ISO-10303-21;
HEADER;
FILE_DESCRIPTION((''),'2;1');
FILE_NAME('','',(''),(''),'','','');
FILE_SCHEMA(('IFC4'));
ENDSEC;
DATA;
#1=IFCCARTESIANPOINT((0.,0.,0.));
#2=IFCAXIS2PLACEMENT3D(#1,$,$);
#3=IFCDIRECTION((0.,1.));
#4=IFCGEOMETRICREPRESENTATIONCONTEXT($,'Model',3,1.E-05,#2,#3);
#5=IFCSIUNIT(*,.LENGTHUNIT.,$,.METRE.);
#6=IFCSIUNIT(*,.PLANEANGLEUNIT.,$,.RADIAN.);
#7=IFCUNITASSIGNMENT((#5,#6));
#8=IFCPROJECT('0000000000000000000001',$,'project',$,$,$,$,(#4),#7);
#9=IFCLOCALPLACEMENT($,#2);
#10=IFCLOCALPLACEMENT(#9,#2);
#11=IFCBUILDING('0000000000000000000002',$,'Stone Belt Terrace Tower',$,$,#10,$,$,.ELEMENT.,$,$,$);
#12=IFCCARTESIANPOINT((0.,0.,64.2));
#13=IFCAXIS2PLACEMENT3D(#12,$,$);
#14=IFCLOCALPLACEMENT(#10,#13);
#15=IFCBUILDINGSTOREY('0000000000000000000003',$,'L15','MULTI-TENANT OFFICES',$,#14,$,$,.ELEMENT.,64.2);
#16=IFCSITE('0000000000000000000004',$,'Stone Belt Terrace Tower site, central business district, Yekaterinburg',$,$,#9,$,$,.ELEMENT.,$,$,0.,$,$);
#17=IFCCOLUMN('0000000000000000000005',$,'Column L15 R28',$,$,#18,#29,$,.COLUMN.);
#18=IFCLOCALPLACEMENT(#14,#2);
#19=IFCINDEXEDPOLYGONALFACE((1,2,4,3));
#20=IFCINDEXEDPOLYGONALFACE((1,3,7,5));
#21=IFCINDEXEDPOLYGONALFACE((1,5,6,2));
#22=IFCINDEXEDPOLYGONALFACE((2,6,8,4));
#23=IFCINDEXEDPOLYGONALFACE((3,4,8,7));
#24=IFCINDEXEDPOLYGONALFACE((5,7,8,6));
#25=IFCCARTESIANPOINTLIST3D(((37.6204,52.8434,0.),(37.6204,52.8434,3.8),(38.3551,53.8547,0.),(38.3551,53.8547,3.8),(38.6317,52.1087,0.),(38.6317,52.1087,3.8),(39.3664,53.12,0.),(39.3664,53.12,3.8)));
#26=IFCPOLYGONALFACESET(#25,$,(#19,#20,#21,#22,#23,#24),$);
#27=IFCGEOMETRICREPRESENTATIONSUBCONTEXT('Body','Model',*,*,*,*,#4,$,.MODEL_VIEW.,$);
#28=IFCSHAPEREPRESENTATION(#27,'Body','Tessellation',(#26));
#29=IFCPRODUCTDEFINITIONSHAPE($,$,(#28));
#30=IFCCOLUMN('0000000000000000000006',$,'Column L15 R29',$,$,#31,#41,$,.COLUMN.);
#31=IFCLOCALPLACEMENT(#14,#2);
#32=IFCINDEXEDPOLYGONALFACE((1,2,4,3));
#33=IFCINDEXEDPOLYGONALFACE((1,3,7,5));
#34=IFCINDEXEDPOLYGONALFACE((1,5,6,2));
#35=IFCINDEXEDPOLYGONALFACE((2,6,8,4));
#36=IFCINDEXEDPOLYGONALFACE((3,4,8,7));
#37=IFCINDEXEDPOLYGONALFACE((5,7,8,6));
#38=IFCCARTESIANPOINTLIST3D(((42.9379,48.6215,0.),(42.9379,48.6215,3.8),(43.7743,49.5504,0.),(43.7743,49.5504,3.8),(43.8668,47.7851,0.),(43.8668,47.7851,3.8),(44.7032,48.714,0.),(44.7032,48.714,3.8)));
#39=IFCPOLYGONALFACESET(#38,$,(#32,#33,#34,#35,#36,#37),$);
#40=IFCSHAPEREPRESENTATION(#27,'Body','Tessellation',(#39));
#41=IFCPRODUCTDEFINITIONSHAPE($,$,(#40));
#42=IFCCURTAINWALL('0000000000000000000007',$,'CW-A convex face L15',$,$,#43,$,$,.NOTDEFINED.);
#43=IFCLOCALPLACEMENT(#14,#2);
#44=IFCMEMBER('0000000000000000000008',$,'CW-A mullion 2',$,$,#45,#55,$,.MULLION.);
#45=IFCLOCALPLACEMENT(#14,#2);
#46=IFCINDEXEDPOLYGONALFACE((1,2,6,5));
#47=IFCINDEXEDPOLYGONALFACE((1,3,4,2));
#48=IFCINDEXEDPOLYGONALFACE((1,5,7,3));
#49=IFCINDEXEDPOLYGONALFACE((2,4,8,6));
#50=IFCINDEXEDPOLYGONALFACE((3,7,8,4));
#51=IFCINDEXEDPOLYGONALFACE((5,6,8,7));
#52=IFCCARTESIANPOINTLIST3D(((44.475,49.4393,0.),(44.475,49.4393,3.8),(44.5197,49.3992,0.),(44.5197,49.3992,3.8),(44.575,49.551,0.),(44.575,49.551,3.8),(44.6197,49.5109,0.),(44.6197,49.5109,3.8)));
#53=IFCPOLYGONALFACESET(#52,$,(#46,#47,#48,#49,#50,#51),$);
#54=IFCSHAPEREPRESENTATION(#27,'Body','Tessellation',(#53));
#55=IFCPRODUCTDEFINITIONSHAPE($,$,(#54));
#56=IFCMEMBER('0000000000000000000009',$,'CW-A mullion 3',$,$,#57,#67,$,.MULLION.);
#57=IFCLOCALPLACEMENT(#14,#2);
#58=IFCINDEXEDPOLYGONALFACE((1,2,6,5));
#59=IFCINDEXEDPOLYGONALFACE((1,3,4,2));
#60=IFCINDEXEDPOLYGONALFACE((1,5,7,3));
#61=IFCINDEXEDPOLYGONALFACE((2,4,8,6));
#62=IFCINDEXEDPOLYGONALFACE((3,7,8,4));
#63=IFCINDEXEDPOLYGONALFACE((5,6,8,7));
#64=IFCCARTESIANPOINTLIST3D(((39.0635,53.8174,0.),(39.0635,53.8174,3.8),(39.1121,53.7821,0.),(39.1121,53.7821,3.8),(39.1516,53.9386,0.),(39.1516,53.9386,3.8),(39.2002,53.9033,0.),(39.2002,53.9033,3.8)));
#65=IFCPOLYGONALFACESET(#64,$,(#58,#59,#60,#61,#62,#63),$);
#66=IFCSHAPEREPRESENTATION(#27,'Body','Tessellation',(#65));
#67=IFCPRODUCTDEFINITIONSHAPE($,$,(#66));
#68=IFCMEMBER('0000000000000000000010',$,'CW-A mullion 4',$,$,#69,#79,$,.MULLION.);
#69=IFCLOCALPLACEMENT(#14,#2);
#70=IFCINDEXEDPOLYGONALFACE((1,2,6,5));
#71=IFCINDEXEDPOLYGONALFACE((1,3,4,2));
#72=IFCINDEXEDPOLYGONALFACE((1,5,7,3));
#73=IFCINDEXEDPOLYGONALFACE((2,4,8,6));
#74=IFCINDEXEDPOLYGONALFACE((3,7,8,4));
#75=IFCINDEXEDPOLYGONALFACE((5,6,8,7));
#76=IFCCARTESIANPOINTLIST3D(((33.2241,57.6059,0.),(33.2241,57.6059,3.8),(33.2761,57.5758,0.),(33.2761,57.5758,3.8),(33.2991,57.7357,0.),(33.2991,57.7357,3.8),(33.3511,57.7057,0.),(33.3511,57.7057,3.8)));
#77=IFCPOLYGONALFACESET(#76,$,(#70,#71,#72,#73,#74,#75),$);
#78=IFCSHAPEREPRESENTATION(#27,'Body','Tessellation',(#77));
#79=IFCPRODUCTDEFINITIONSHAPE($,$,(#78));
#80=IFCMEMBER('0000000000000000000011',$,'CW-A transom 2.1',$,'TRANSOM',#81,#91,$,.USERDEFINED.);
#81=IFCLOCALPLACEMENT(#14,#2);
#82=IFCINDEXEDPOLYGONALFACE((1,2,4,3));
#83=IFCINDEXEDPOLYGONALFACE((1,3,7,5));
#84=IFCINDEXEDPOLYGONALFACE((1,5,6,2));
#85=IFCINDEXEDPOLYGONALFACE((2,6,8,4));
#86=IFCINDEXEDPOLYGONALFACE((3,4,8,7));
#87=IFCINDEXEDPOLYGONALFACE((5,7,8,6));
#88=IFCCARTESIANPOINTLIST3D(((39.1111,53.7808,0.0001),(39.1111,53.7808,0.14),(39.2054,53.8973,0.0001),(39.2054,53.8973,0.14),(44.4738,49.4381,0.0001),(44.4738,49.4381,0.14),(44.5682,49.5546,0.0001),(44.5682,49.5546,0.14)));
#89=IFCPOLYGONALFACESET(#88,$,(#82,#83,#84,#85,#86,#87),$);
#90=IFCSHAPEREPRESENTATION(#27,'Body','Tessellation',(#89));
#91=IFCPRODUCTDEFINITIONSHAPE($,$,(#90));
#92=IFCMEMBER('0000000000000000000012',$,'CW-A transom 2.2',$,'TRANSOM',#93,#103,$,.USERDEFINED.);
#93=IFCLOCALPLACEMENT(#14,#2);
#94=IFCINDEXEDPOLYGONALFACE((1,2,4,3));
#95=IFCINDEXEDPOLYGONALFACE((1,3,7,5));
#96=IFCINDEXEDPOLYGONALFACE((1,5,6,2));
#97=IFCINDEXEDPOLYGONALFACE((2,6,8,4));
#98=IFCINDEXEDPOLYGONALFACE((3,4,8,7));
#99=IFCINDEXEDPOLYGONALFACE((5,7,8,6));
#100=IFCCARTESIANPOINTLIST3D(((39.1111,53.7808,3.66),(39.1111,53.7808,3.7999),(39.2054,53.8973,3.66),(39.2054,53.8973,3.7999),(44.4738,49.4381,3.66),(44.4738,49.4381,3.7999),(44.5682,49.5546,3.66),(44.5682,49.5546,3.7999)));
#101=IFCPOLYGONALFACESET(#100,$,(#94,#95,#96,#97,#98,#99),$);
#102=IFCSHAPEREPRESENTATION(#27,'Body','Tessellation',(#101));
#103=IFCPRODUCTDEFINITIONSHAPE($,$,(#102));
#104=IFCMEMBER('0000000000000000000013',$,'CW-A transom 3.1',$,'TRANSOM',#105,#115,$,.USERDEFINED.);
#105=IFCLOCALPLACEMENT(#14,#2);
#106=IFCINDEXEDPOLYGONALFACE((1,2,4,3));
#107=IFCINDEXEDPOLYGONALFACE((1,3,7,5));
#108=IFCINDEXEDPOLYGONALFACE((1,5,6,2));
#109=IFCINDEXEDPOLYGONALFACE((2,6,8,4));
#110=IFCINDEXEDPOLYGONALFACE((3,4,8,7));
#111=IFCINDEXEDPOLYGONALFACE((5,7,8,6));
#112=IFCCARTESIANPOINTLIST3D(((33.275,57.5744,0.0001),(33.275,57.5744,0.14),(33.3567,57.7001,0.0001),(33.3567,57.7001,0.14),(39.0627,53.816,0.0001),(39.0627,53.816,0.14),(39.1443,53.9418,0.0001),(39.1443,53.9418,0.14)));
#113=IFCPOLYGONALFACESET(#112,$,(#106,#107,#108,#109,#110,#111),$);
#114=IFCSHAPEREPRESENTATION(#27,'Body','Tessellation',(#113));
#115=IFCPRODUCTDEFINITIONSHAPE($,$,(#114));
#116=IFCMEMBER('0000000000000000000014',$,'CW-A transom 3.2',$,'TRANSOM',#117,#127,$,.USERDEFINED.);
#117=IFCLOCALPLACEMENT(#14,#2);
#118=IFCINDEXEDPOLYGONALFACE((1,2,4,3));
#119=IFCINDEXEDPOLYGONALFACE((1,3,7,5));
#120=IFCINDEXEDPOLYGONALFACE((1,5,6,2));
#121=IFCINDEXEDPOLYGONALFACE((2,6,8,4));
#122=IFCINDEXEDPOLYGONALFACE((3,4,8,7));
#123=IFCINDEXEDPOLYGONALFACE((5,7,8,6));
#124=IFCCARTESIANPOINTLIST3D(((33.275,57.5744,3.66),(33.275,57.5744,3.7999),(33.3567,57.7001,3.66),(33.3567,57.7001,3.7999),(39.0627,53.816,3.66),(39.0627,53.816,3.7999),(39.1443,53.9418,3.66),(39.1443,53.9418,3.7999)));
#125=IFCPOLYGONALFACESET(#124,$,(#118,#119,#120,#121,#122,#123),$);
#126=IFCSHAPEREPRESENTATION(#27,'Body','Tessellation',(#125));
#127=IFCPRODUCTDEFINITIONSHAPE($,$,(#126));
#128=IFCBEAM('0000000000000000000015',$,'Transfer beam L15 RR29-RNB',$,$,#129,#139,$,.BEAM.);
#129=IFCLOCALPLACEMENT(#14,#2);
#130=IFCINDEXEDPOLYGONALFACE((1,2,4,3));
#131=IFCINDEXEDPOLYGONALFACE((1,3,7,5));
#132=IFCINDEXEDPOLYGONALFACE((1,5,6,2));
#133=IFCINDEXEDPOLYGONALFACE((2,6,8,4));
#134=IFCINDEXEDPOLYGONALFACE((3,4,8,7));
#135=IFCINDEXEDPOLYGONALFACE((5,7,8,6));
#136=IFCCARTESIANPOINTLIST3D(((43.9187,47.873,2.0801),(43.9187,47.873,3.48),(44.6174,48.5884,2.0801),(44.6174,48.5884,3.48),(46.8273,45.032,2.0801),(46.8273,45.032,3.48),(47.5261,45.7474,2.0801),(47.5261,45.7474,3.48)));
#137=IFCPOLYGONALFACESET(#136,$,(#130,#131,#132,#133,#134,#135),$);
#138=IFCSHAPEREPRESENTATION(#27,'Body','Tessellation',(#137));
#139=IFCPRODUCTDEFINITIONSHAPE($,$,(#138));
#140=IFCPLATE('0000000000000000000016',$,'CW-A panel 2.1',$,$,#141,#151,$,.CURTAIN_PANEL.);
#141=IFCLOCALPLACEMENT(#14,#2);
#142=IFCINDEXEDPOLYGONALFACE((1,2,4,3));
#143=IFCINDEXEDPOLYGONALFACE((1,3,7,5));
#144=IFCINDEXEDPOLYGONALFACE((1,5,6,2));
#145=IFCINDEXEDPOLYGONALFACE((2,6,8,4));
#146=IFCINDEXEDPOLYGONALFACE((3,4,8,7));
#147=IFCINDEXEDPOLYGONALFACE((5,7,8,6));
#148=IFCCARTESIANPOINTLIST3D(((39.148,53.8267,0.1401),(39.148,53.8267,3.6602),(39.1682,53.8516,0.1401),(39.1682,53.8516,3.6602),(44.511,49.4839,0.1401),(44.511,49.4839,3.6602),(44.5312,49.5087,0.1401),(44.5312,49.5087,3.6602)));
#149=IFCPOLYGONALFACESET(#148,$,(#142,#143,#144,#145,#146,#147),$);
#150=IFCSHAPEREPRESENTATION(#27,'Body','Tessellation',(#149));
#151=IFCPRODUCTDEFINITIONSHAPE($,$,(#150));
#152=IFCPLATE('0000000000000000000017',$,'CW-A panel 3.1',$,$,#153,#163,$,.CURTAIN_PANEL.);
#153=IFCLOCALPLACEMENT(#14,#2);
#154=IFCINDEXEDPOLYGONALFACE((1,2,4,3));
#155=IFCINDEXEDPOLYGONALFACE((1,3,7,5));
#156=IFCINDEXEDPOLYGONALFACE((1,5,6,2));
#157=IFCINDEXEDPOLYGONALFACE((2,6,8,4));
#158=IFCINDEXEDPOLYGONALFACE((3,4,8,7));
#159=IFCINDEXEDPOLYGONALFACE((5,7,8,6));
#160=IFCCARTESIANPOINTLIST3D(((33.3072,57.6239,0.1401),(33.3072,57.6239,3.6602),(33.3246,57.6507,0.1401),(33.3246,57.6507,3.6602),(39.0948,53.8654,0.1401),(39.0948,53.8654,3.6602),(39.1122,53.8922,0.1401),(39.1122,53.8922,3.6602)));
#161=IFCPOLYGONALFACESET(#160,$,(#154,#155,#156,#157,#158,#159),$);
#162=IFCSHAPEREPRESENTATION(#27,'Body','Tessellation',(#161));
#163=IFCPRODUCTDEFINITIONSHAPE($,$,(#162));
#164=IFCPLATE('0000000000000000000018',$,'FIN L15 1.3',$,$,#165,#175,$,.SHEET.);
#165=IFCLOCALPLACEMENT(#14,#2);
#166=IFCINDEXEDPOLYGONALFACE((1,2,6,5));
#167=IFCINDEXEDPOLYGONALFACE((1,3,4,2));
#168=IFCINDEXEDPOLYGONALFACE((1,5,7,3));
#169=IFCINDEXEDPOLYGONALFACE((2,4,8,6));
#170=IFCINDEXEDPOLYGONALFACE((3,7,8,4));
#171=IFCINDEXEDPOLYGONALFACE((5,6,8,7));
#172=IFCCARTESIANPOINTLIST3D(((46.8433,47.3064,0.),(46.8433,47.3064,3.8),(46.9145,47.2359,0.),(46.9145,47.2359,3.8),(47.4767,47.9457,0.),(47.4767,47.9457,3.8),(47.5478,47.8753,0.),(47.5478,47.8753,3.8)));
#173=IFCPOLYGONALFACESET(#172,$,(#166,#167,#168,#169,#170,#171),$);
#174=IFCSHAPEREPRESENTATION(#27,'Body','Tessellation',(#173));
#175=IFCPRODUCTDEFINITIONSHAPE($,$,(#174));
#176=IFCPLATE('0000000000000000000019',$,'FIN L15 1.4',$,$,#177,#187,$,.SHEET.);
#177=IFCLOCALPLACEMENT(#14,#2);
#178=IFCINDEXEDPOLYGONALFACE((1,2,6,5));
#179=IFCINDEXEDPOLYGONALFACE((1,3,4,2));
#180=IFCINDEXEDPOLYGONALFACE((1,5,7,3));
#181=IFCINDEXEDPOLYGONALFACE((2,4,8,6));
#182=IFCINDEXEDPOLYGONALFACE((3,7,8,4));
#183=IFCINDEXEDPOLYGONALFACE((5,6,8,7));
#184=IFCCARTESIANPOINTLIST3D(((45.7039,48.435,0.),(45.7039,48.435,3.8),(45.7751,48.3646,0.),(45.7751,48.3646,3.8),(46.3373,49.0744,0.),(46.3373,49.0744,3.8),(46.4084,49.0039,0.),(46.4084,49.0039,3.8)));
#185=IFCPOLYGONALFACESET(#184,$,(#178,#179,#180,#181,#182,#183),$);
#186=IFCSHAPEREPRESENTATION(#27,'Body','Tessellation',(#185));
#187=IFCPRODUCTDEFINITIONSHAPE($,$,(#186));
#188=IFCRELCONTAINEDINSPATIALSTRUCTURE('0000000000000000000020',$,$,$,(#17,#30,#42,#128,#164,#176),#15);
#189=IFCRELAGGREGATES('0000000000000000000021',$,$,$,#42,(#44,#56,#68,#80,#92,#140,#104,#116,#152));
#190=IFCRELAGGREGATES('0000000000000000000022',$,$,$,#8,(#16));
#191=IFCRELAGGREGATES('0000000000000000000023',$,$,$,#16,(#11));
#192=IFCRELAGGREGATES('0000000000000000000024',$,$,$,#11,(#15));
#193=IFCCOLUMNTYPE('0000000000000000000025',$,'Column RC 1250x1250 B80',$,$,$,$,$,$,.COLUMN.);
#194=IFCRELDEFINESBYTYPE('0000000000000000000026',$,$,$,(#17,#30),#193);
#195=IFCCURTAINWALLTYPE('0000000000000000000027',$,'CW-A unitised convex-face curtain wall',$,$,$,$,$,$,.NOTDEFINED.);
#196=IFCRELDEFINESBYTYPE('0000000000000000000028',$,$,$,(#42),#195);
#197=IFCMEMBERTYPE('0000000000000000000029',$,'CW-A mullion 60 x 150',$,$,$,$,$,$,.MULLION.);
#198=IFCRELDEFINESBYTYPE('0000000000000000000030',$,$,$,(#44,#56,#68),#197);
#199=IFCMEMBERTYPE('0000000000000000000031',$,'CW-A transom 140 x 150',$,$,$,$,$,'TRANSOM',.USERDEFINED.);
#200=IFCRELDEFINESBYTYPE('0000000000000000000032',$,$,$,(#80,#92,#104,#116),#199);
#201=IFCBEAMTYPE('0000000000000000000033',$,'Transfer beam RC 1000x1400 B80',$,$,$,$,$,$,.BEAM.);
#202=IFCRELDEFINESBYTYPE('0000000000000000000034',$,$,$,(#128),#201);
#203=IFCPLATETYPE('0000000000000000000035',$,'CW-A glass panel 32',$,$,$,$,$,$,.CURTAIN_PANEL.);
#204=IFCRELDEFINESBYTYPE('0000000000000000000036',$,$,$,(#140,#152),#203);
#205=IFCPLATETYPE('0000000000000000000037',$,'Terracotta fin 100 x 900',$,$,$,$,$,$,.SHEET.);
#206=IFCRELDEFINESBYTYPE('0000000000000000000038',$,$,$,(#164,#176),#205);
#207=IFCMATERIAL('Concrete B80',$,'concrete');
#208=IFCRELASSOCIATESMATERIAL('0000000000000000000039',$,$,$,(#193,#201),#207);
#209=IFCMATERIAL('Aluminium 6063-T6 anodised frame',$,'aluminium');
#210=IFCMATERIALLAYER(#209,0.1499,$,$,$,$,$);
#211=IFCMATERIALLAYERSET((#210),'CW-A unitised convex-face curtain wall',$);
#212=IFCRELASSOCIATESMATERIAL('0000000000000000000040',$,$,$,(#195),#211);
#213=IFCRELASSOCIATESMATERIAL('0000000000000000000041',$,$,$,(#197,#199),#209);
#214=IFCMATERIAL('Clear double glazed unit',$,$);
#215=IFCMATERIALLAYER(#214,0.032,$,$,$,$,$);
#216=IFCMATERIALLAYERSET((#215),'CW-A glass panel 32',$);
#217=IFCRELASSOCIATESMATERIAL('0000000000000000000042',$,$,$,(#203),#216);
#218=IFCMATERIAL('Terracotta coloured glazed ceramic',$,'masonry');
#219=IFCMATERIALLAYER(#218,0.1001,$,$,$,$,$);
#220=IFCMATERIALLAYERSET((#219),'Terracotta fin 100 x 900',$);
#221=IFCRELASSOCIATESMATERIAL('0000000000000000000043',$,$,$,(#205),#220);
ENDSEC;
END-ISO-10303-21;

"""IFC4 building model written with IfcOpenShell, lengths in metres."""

from ifc_helpers import new_model, si_unit, direction, frame, origin, origin_2d, place, context, subcontext, project, spatial, rectangle, extrude, material, layer, layer_set, material_profile, profile_set, type_object, element, aggregate, save


model = new_model("IFC4")

# Units and contexts
model_context = context("Model", 3, precision=1e-05, world=origin(), true_north=direction((0.0, 1.0)))
body_context = subcontext(model_context, "Body", "Model", "MODEL_VIEW")
ifc_project = project(units=[si_unit("LENGTHUNIT", "METRE"), si_unit("PLANEANGLEUNIT", "RADIAN")], contexts=[model_context])

# Site, building, storey
site_placement = place(None, origin())
site = spatial("IfcSite", under=ifc_project, at=site_placement, Name="Stone Belt Terrace Tower site, central business district, Yekaterinburg", CompositionType="ELEMENT", RefElevation=0.0)
building_placement = place(site_placement, origin())
building = spatial("IfcBuilding", under=site, at=building_placement, Name="Stone Belt Terrace Tower", CompositionType="ELEMENT")
storey_placement = place(building_placement, frame((0.0, 0.0, 64.2)))
storey = spatial("IfcBuildingStorey", under=building, at=storey_placement, Name="L15", Description="MULTI-TENANT OFFICES", CompositionType="ELEMENT", Elevation=64.2)

# Columns
ifc_material_1 = material(Name="Concrete B80", Category="concrete")
ifc_material_profile_1 = material_profile(ifc_material_1, rectangle(XDim=1.25, YDim=1.25, at=origin_2d()), Name="RC 1250x1250")
ifc_profile_set_1 = profile_set([ifc_material_profile_1], Name="Concrete B80")
column_type = type_object("IfcColumnType", Name="Column RC 1250x1250 B80", PredefinedType="COLUMN", material=ifc_profile_set_1)
for number, where, z_axis, x_axis, name in (
    (1, (38.4934, 52.9817, 0.0), (0.0, 0.0, 1.0), (0.809017, -0.587785, 0.0), "Column L15 R28"),
    (2, (43.8206, 48.6677, 0.0), (0.0, 0.0, 1.0), (0.743145, -0.669131, 0.0), "Column L15 R29"),
):
    element("IfcColumn", number, at=place(storey_placement, frame(where, z_axis=z_axis, x_axis=x_axis)), inside=storey, type_object=column_type, Name=name, PredefinedType="COLUMN", context=body_context, shape_type="SweptSolid", body=[
        extrude(rectangle(XDim=1.25, YDim=1.25, at=origin_2d()), origin(), (0.0, 0.0, 1.0), 3.8),
    ])

# Curtain wall, members
ifc_material_2 = material(Name="Aluminium 6063-T6 anodised frame", Category="aluminium")
ifc_layer_1 = layer(ifc_material_2, 0.1499)
ifc_layer_set_1 = layer_set([ifc_layer_1], Name="CW-A unitised convex-face curtain wall")
curtain_wall_type = type_object("IfcCurtainWallType", Name="CW-A unitised convex-face curtain wall", PredefinedType="NOTDEFINED", material=ifc_layer_set_1)
curtain_wall_placement = place(storey_placement, origin())
curtain_wall = element("IfcCurtainWall", 3, at=curtain_wall_placement, inside=storey, type_object=curtain_wall_type, Name="CW-A convex face L15", PredefinedType="NOTDEFINED")
ifc_material_profile_2 = material_profile(ifc_material_2, rectangle(XDim=0.1499, YDim=0.0601, at=origin_2d()), Name="Aluminium 6063-T6 60x150")
ifc_profile_set_2 = profile_set([ifc_material_profile_2], Name="Aluminium 6063-T6 anodised frame")
member_type_1 = type_object("IfcMemberType", Name="CW-A mullion 60 x 150", PredefinedType="MULLION", material=ifc_profile_set_2)
member_1_placement = place(storey_placement, frame((44.5474, 49.4751, 0.0), z_axis=(0.0, 0.0, 1.0), x_axis=(-0.667371, -0.744725, 0.0)))
member_1 = element("IfcMember", 4, at=member_1_placement, type_object=member_type_1, Name="CW-A mullion 2", PredefinedType="MULLION", context=body_context, shape_type="SweptSolid", body=[
    extrude(rectangle(XDim=0.1499, YDim=0.0601, at=origin_2d()), origin(), (0.0, 0.0, 1.0), 3.8),
])
member_2_placement = place(storey_placement, frame((39.1318, 53.8604, 0.0), z_axis=(0.0, 0.0, 1.0), x_axis=(-0.587785, -0.809017, 0.0)))
member_2 = element("IfcMember", 5, at=member_2_placement, type_object=member_type_1, Name="CW-A mullion 3", PredefinedType="MULLION", context=body_context, shape_type="SweptSolid", body=[
    extrude(rectangle(XDim=0.1499, YDim=0.0601, at=origin_2d()), origin(), (0.0, 0.0, 1.0), 3.8),
])
member_3_placement = place(storey_placement, frame((33.2876, 57.6558, 0.0), z_axis=(0.0, 0.0, 1.0), x_axis=(-0.5, -0.866025, 0.0)))
member_3 = element("IfcMember", 6, at=member_3_placement, type_object=member_type_1, Name="CW-A mullion 4", PredefinedType="MULLION", context=body_context, shape_type="SweptSolid", body=[
    extrude(rectangle(XDim=0.1499, YDim=0.0601, at=origin_2d()), origin(), (0.0, 0.0, 1.0), 3.8),
])
ifc_material_profile_3 = material_profile(ifc_material_2, rectangle(XDim=0.1499, YDim=0.1399, at=origin_2d()), Name="Aluminium 6063-T6 150x140")
ifc_profile_set_3 = profile_set([ifc_material_profile_3], Name="Aluminium 6063-T6 anodised frame")
member_type_2 = type_object("IfcMemberType", Name="CW-A transom 140 x 150", ElementType="TRANSOM", PredefinedType="USERDEFINED", material=ifc_profile_set_3)
member_4_placement = place(storey_placement, frame((44.521, 49.4963, 0.0701), z_axis=(-0.777141, 0.629326, 0.0), x_axis=(-0.629326, -0.777141, 0.0)))
member_4 = element("IfcMember", 7, at=member_4_placement, type_object=member_type_2, Name="CW-A transom 2.1", ObjectType="TRANSOM", PredefinedType="USERDEFINED", context=body_context, shape_type="SweptSolid", body=[
    extrude(rectangle(XDim=0.1499, YDim=0.1399, at=origin_2d()), origin(), (0.0, 0.0, 1.0), 6.9006),
])
member_5_placement = place(storey_placement, frame((44.521, 49.4963, 3.73), z_axis=(-0.777141, 0.629326, 0.0), x_axis=(-0.629326, -0.777141, 0.0)))
member_5 = element("IfcMember", 8, at=member_5_placement, type_object=member_type_2, Name="CW-A transom 2.2", ObjectType="TRANSOM", PredefinedType="USERDEFINED", context=body_context, shape_type="SweptSolid", body=[
    extrude(rectangle(XDim=0.1499, YDim=0.1399, at=origin_2d()), origin(), (0.0, 0.0, 1.0), 6.9006),
])
member_6_placement = place(storey_placement, frame((39.1035, 53.8789, 0.0701), z_axis=(-0.838684, 0.544618, 0.0), x_axis=(-0.544618, -0.838684, 0.0)))
member_6 = element("IfcMember", 9, at=member_6_placement, type_object=member_type_2, Name="CW-A transom 3.1", ObjectType="TRANSOM", PredefinedType="USERDEFINED", context=body_context, shape_type="SweptSolid", body=[
    extrude(rectangle(XDim=0.1499, YDim=0.1399, at=origin_2d()), origin(), (0.0, 0.0, 1.0), 6.9009),
])
member_7_placement = place(storey_placement, frame((39.1035, 53.8789, 3.73), z_axis=(-0.838684, 0.544618, 0.0), x_axis=(-0.544618, -0.838684, 0.0)))
member_7 = element("IfcMember", 10, at=member_7_placement, type_object=member_type_2, Name="CW-A transom 3.2", ObjectType="TRANSOM", PredefinedType="USERDEFINED", context=body_context, shape_type="SweptSolid", body=[
    extrude(rectangle(XDim=0.1499, YDim=0.1399, at=origin_2d()), origin(), (0.0, 0.0, 1.0), 6.9009),
])

# Beam
ifc_material_profile_4 = material_profile(ifc_material_1, rectangle(XDim=1.0, YDim=1.3999, at=origin_2d()), Name="RC 1000x1400")
ifc_profile_set_4 = profile_set([ifc_material_profile_4], Name="Concrete B80")
beam_type = type_object("IfcBeamType", Name="Transfer beam RC 1000x1400 B80", PredefinedType="BEAM", material=ifc_profile_set_4)
beam_placement = place(storey_placement, frame((44.2681, 48.2307, 2.78), z_axis=(0.715374, -0.698742, 0.0), x_axis=(0.698742, 0.715374, 0.0)))
element("IfcBeam", 11, at=beam_placement, inside=storey, type_object=beam_type, Name="Transfer beam L15 RR29-RNB", PredefinedType="BEAM", context=body_context, shape_type="SweptSolid", body=[
    extrude(rectangle(XDim=1.0, YDim=1.3999, at=origin_2d()), origin(), (0.0, 0.0, 1.0), 4.0659),
])

# Plates
ifc_material_3 = material(Name="Clear double glazed unit")
ifc_layer_2 = layer(ifc_material_3, 0.032)
ifc_layer_set_2 = layer_set([ifc_layer_2], Name="CW-A glass panel 32")
plate_type_1 = type_object("IfcPlateType", Name="CW-A glass panel 32", PredefinedType="CURTAIN_PANEL", material=ifc_layer_set_2)
plate_1_placement = place(storey_placement, frame((41.8396, 51.6677, 0.1401), z_axis=(0.0, 0.0, 1.0), x_axis=(-0.777146, 0.62932, 0.0)))
plate_1 = element("IfcPlate", 12, at=plate_1_placement, type_object=plate_type_1, Name="CW-A panel 2.1", PredefinedType="CURTAIN_PANEL", context=body_context, shape_type="SweptSolid", body=[
    extrude(rectangle(XDim=6.9009, YDim=0.032, at=origin_2d()), origin(), (0.0, 0.0, 1.0), 3.52),
])
plate_2_placement = place(storey_placement, frame((36.2097, 55.7581, 0.1401), z_axis=(0.0, 0.0, 1.0), x_axis=(-0.838671, 0.544639, 0.0)))
plate_2 = element("IfcPlate", 13, at=plate_2_placement, type_object=plate_type_1, Name="CW-A panel 3.1", PredefinedType="CURTAIN_PANEL", context=body_context, shape_type="SweptSolid", body=[
    extrude(rectangle(XDim=6.9009, YDim=0.032, at=origin_2d()), origin(), (0.0, 0.0, 1.0), 3.52),
])
aggregate(curtain_wall, [member_1, member_2, member_3, member_4, member_5, plate_1, member_6, member_7, plate_2])

# Plates
ifc_material_4 = material(Name="Terracotta coloured glazed ceramic", Category="masonry")
ifc_layer_3 = layer(ifc_material_4, 0.1001)
ifc_layer_set_3 = layer_set([ifc_layer_3], Name="Terracotta fin 100 x 900")
plate_type_2 = type_object("IfcPlateType", Name="Terracotta fin 100 x 900", PredefinedType="SHEET", material=ifc_layer_set_3)
for number, where, z_axis, x_axis, name in (
    (14, (47.1956, 47.5908, 0.0), (0.0, 0.0, 1.0), (0.703754, 0.710443, 0.0), "FIN L15 1.3"),
    (15, (46.0562, 48.7195, 0.0), (0.0, 0.0, 1.0), (0.703754, 0.710443, 0.0), "FIN L15 1.4"),
):
    element("IfcPlate", number, at=place(storey_placement, frame(where, z_axis=z_axis, x_axis=x_axis)), inside=storey, type_object=plate_type_2, Name=name, PredefinedType="SHEET", context=body_context, shape_type="SweptSolid", body=[
        extrude(rectangle(XDim=0.8999, YDim=0.1001, at=origin_2d()), origin(), (0.0, 0.0, 1.0), 3.8),
    ])

save(model, "model.ifc")
